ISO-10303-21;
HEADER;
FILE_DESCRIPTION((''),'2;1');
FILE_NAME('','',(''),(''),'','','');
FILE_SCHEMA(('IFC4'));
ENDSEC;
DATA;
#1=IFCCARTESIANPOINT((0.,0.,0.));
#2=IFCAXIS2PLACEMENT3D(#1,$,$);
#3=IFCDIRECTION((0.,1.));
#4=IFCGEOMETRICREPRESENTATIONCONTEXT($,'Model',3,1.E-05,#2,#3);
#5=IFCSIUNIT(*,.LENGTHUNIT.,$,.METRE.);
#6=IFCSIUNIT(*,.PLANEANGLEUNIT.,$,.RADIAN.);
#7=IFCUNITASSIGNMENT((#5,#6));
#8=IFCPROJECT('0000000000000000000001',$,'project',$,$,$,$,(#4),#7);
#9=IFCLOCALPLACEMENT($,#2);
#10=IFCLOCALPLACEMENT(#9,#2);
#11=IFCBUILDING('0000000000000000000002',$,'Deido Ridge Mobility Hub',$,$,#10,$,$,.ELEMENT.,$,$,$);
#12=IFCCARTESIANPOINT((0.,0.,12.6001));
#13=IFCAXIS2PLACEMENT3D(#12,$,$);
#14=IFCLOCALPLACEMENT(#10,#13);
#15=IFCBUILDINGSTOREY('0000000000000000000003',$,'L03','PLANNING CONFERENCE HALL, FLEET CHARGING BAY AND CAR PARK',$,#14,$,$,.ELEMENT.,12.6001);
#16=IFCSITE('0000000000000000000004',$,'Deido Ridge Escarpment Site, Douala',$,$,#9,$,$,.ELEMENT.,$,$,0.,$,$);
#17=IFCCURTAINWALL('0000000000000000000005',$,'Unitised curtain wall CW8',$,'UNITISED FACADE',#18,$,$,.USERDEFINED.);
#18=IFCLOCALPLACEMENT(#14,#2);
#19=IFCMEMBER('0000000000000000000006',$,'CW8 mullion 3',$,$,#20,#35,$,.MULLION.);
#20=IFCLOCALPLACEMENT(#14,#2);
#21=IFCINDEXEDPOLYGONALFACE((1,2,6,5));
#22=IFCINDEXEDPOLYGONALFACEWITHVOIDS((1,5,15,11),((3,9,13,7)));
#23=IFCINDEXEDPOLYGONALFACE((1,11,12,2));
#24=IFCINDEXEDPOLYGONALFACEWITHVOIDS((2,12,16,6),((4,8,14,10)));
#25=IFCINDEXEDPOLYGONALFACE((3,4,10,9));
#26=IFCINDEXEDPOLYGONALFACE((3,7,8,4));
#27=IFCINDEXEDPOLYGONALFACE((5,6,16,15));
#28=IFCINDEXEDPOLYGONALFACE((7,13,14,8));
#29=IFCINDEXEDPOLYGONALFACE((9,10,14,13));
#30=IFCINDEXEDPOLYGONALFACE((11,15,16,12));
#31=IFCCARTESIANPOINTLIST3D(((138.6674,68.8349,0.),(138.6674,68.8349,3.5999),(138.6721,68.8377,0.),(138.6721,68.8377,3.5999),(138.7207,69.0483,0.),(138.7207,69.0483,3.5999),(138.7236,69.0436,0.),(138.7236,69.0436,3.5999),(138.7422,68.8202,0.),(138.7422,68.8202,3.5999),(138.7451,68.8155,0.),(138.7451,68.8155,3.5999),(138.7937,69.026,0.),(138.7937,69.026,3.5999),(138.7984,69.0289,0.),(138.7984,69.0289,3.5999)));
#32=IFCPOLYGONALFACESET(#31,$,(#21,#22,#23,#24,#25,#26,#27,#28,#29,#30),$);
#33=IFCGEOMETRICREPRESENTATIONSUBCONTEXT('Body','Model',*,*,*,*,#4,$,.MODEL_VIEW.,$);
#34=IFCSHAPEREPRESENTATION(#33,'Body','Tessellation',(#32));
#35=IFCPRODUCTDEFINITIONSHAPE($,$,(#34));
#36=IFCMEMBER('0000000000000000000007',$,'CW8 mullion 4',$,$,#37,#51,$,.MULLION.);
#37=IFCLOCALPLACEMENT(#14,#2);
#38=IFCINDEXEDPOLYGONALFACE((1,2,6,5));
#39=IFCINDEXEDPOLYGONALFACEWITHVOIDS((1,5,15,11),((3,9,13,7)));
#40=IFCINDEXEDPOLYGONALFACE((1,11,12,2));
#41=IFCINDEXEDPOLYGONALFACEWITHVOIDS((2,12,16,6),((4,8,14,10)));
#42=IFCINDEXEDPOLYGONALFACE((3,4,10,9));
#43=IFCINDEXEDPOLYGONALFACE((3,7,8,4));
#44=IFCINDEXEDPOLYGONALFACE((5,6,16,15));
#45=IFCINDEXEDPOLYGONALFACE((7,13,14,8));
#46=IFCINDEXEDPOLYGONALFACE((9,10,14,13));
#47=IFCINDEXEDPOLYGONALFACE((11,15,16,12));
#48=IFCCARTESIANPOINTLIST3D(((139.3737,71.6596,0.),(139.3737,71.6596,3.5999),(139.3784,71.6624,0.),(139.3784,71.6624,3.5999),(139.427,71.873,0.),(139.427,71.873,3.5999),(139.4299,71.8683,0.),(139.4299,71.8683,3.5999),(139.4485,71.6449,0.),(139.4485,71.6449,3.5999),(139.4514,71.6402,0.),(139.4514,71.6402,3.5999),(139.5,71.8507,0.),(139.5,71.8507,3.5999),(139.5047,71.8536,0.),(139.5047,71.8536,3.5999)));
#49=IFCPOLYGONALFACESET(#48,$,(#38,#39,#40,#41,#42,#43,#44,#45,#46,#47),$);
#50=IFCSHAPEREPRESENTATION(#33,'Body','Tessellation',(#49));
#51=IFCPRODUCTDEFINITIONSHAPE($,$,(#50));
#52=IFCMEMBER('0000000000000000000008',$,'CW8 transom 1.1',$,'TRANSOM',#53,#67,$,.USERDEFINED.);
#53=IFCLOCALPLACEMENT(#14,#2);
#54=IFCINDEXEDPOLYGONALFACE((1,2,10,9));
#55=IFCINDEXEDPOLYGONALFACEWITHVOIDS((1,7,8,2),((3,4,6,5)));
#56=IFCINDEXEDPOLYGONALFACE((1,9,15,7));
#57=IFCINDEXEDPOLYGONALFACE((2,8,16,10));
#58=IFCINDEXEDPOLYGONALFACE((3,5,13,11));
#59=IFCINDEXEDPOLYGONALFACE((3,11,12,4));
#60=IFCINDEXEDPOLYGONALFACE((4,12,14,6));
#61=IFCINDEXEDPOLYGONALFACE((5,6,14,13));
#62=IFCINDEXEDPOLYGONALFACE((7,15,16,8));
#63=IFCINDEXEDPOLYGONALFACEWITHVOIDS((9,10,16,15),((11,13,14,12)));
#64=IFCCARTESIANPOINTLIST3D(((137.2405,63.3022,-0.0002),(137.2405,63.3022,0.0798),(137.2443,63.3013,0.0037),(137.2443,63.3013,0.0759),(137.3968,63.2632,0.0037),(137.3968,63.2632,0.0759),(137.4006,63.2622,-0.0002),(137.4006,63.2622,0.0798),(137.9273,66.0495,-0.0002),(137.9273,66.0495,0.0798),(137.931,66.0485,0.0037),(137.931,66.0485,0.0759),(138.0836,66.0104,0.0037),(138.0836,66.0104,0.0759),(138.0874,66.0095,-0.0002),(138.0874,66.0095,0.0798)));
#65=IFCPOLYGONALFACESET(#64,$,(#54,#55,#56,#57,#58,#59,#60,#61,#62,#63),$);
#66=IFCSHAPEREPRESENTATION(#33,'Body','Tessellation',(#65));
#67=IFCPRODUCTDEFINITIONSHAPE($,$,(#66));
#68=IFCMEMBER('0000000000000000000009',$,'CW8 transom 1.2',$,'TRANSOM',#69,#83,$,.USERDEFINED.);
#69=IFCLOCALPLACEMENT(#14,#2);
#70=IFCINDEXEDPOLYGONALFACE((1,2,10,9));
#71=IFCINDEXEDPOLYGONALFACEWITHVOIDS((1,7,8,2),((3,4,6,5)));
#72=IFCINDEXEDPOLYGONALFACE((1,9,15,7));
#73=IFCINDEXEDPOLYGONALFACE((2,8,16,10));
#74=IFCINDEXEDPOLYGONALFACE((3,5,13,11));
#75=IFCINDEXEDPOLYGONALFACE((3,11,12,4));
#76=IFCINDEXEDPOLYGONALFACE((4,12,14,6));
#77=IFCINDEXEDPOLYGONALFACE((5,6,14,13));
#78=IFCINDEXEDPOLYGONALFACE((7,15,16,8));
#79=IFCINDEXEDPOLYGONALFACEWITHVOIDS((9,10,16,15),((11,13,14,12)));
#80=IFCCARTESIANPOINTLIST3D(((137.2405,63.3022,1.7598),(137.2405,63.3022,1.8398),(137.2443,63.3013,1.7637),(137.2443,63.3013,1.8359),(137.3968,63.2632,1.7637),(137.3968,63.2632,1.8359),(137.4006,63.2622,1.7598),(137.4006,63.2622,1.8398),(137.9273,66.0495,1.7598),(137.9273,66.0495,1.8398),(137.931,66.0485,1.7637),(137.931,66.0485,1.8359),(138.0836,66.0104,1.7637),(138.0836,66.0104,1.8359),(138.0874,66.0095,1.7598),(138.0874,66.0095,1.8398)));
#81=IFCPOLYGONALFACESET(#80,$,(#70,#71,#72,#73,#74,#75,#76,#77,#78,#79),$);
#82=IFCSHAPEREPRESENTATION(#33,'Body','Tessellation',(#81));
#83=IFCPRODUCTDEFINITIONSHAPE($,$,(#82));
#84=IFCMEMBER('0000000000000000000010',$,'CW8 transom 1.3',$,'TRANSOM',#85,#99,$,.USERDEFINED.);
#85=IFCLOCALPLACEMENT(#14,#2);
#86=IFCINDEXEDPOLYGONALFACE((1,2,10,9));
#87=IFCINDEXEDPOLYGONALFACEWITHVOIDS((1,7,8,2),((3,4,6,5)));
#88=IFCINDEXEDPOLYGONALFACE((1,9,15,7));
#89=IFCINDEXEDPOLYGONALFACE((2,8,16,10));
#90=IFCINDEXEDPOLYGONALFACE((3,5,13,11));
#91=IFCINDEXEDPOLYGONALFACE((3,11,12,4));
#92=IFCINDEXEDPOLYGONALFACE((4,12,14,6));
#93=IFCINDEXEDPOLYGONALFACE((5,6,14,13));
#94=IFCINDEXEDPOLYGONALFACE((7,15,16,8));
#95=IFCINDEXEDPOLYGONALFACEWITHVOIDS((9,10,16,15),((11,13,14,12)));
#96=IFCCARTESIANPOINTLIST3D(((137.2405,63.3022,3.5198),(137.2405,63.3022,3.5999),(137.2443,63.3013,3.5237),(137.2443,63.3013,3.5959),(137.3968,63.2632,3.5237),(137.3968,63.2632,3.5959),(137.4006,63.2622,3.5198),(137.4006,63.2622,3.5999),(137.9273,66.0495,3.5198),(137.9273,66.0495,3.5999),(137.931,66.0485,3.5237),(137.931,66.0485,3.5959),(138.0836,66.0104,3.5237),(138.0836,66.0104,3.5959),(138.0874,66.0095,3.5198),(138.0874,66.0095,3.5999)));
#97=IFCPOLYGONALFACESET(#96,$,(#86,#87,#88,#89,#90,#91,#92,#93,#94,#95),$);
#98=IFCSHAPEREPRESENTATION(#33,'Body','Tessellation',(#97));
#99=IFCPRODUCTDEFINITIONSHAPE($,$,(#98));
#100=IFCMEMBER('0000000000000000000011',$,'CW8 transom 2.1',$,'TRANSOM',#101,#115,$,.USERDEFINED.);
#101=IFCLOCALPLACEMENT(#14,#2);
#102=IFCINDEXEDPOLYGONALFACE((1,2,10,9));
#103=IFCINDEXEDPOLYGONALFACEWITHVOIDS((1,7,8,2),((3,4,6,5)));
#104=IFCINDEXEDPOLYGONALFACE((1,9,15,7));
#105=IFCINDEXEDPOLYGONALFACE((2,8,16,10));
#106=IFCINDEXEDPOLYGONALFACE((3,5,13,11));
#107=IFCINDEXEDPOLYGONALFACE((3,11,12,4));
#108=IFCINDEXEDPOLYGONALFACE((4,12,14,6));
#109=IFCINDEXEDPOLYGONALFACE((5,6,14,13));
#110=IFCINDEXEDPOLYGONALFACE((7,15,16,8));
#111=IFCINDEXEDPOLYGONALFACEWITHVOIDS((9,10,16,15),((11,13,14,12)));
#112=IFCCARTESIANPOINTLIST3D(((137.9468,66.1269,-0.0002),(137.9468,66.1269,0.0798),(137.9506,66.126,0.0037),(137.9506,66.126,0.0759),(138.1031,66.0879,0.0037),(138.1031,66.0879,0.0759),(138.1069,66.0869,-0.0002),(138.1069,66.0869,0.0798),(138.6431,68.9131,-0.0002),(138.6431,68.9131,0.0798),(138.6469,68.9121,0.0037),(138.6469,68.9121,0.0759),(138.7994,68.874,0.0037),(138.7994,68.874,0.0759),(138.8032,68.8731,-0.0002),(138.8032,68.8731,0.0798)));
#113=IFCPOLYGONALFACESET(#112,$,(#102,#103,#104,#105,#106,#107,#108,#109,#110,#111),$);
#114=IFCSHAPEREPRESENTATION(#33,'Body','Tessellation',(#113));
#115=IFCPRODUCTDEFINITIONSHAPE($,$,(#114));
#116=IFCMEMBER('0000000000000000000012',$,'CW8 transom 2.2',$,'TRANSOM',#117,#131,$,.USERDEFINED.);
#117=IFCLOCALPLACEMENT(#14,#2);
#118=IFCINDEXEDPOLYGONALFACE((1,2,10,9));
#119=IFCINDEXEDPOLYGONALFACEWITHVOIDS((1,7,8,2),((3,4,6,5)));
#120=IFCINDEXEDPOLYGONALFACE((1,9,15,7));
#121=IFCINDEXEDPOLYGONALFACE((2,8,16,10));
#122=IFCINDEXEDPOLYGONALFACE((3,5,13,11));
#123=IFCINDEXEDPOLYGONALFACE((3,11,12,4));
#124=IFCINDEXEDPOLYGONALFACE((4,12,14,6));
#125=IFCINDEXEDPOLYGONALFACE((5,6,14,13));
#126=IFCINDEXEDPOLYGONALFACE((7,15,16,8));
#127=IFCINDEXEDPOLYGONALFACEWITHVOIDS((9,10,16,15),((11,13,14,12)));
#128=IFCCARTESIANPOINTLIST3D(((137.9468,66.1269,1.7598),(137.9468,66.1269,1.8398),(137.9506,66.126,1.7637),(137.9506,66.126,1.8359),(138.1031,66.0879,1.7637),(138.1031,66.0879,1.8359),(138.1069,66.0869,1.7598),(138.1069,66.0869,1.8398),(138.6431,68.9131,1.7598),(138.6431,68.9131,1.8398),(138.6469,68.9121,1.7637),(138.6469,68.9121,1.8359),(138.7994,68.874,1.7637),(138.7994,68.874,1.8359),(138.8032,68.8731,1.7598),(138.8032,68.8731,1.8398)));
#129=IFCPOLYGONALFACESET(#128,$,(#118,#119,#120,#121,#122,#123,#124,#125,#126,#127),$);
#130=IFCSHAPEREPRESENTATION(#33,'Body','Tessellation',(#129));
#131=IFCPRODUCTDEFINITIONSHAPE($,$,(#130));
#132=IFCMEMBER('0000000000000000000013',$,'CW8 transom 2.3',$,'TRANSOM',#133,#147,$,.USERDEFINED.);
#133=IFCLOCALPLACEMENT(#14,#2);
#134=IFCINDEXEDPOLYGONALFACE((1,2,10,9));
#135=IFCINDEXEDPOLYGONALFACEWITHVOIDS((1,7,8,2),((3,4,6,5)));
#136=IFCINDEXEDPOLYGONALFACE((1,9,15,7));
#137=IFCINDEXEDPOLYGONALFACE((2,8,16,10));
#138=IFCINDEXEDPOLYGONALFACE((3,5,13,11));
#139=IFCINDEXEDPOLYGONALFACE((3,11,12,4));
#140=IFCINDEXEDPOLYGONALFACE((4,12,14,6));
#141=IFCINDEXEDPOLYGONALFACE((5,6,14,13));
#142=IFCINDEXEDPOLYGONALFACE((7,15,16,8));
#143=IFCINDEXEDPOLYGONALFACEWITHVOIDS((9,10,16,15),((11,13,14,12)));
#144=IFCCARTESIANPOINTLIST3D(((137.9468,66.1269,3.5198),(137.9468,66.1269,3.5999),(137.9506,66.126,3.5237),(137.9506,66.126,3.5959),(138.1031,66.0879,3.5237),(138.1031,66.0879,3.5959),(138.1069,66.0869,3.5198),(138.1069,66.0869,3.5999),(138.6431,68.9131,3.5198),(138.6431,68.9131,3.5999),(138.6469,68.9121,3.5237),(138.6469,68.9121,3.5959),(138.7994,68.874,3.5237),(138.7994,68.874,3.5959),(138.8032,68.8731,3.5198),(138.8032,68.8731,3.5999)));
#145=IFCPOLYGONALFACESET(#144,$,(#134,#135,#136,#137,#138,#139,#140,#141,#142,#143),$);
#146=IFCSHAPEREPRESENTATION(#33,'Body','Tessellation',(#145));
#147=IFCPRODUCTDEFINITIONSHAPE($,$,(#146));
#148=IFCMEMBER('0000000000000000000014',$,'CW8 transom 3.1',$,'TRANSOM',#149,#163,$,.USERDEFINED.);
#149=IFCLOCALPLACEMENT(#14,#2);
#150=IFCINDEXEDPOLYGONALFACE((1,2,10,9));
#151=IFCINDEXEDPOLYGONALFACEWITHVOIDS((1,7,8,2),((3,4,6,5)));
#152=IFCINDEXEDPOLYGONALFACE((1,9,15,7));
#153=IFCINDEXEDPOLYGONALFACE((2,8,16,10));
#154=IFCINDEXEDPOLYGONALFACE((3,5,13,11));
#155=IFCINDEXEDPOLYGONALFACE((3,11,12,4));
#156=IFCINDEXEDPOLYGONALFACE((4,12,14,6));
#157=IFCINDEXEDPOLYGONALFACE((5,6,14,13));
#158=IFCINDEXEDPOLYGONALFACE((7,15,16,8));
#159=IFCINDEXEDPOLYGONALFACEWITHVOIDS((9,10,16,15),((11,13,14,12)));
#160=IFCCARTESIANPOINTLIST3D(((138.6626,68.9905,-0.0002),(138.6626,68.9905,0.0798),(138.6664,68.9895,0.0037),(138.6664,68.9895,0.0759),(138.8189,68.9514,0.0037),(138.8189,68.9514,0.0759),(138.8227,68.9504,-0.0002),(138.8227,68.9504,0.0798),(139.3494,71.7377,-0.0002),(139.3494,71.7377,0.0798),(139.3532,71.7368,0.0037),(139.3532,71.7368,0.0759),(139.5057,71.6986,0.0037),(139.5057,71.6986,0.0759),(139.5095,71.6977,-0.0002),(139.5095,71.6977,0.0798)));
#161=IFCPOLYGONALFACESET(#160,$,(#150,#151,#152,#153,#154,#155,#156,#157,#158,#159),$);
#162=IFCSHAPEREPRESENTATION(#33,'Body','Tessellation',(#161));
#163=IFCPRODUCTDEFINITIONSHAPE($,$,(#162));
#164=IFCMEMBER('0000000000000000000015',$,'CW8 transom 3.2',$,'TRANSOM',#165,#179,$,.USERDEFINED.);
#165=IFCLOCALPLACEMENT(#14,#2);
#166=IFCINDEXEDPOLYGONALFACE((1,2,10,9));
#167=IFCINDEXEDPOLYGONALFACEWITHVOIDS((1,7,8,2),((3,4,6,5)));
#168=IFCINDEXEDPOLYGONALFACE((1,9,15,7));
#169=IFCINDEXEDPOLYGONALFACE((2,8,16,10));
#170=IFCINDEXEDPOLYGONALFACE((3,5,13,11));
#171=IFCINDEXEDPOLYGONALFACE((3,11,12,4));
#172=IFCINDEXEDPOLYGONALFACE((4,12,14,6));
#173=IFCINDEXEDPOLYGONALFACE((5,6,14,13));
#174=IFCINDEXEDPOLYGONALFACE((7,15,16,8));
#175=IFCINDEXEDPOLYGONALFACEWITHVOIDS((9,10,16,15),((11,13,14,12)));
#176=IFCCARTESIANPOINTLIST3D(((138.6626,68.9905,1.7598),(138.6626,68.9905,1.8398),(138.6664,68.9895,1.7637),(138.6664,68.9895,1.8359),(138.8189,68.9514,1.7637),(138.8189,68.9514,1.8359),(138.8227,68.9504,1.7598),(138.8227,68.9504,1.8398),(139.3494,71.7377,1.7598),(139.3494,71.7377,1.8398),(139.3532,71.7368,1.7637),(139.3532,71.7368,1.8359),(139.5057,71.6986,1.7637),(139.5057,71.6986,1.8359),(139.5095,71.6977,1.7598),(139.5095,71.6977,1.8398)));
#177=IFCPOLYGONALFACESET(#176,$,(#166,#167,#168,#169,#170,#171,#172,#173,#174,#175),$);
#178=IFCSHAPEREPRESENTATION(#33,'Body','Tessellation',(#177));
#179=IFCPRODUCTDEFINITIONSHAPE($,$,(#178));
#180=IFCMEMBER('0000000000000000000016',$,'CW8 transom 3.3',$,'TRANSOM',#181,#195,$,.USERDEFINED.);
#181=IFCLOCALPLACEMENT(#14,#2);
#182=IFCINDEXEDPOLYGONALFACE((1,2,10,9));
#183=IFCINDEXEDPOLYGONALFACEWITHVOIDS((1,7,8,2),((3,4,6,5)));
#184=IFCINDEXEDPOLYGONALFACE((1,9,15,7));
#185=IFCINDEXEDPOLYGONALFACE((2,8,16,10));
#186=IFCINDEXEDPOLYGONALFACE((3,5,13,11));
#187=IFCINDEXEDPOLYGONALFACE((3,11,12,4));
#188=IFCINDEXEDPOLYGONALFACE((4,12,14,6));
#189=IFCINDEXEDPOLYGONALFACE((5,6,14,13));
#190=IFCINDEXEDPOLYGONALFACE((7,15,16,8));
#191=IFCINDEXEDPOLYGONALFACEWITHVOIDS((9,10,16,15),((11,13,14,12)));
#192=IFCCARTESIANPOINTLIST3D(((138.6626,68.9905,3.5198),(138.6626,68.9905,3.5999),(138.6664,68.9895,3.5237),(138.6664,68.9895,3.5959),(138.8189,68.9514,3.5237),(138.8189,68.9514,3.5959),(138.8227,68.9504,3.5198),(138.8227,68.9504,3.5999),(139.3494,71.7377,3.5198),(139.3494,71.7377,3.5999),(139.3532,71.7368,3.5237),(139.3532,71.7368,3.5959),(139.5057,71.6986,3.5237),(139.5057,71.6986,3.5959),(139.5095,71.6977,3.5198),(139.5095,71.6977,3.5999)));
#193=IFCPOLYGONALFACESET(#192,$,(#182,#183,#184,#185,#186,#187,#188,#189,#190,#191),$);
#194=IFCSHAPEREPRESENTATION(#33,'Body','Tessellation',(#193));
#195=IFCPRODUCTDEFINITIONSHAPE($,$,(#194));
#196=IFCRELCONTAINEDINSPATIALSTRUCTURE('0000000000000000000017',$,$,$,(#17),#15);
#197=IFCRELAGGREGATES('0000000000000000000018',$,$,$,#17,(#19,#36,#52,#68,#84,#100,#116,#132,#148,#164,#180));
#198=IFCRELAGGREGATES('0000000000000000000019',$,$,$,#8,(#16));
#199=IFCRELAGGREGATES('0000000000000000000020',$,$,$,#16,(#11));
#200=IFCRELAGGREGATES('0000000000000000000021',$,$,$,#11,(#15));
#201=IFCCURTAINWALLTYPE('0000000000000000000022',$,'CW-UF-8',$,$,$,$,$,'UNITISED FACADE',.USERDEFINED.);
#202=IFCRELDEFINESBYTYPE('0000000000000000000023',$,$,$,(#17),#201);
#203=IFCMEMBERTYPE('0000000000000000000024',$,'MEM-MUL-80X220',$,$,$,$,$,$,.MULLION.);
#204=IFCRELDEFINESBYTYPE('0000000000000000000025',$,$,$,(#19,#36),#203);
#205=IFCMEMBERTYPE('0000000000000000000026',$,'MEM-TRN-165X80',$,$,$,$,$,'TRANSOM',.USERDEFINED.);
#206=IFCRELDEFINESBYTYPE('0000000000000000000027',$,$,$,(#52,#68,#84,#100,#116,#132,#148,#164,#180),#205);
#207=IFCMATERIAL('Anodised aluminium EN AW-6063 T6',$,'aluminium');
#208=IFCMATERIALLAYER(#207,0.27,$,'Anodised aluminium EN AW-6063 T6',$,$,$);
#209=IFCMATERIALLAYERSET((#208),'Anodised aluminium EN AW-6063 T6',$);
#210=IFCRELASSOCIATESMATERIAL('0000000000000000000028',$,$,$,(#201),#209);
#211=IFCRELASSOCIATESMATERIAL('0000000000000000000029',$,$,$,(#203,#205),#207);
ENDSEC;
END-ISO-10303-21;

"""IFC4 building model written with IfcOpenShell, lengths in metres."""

from ifc_helpers import new_model, si_unit, direction, frame, origin, origin_2d, place, context, subcontext, project, spatial, hollow_rectangle, extrude, material, layer, layer_set, material_profile, profile_set, type_object, element, aggregate, save


model = new_model("IFC4")

# Units and contexts
model_context = context("Model", 3, precision=1e-05, world=origin(), true_north=direction((0.0, 1.0)))
body_context = subcontext(model_context, "Body", "Model", "MODEL_VIEW")
ifc_project = project(units=[si_unit("LENGTHUNIT", "METRE"), si_unit("PLANEANGLEUNIT", "RADIAN")], contexts=[model_context])

# Site, building, storey
site_placement = place(None, origin())
site = spatial("IfcSite", under=ifc_project, at=site_placement, Name="Deido Ridge Escarpment Site, Douala", CompositionType="ELEMENT", RefElevation=0.0)
building_placement = place(site_placement, origin())
building = spatial("IfcBuilding", under=site, at=building_placement, Name="Deido Ridge Mobility Hub", CompositionType="ELEMENT")
storey_placement = place(building_placement, frame((0.0, 0.0, 12.6001)))
storey = spatial("IfcBuildingStorey", under=building, at=storey_placement, Name="L03", Description="PLANNING CONFERENCE HALL, FLEET CHARGING BAY AND CAR PARK", CompositionType="ELEMENT", Elevation=12.6001)

# Curtain wall, members
ifc_material_1 = material(Name="Anodised aluminium EN AW-6063 T6", Category="aluminium")
ifc_layer_1 = layer(ifc_material_1, 0.27, Name="Anodised aluminium EN AW-6063 T6")
ifc_layer_set_1 = layer_set([ifc_layer_1], Name="Anodised aluminium EN AW-6063 T6")
curtain_wall_type = type_object("IfcCurtainWallType", Name="CW-UF-8", ElementType="UNITISED FACADE", PredefinedType="USERDEFINED", material=ifc_layer_set_1)
curtain_wall_placement = place(storey_placement, origin())
curtain_wall = element("IfcCurtainWall", 1, at=curtain_wall_placement, inside=storey, type_object=curtain_wall_type, Name="Unitised curtain wall CW8", ObjectType="UNITISED FACADE", PredefinedType="USERDEFINED")
ifc_material_profile_1 = material_profile(ifc_material_1, hollow_rectangle(XDim=0.0801, YDim=0.22, WallThickness=0.0039, at=origin_2d()), Name="RHS 80x220x4")
ifc_profile_set_1 = profile_set([ifc_material_profile_1], Name="Anodised aluminium EN AW-6063 T6")
member_type_1 = type_object("IfcMemberType", Name="MEM-MUL-80X220", PredefinedType="MULLION", material=ifc_profile_set_1)
member_1_placement = place(storey_placement, frame((138.7329, 68.9319, 0.0), z_axis=(0.0, 0.0, 1.0), x_axis=(-0.970144, 0.24253, 0.0)))
member_1 = element("IfcMember", 2, at=member_1_placement, type_object=member_type_1, Name="CW8 mullion 3", PredefinedType="MULLION", context=body_context, shape_type="SweptSolid", body=[
    extrude(hollow_rectangle(XDim=0.0801, YDim=0.22, WallThickness=0.0039, at=origin_2d()), origin(), (0.0, 0.0, 1.0), 3.5999),
])
member_2_placement = place(storey_placement, frame((139.4392, 71.7566, 0.0), z_axis=(0.0, 0.0, 1.0), x_axis=(-0.970144, 0.24253, 0.0)))
member_2 = element("IfcMember", 3, at=member_2_placement, type_object=member_type_1, Name="CW8 mullion 4", PredefinedType="MULLION", context=body_context, shape_type="SweptSolid", body=[
    extrude(hollow_rectangle(XDim=0.0801, YDim=0.22, WallThickness=0.0039, at=origin_2d()), origin(), (0.0, 0.0, 1.0), 3.5999),
])
ifc_material_profile_2 = material_profile(ifc_material_1, hollow_rectangle(XDim=0.165, YDim=0.0801, WallThickness=0.0039, at=origin_2d()), Name="RHS 165x80x4")
ifc_profile_set_2 = profile_set([ifc_material_profile_2], Name="Anodised aluminium EN AW-6063 T6")
member_type_2 = type_object("IfcMemberType", Name="MEM-TRN-165X80", ElementType="TRANSOM", PredefinedType="USERDEFINED", material=ifc_profile_set_2)
member_3_placement = place(storey_placement, frame((137.3206, 63.2822, 0.0398), z_axis=(0.242515, 0.970148, 0.0), x_axis=(-0.970148, 0.242515, 0.0)))
member_3 = element("IfcMember", 4, at=member_3_placement, type_object=member_type_2, Name="CW8 transom 1.1", ObjectType="TRANSOM", PredefinedType="USERDEFINED", context=body_context, shape_type="SweptSolid", body=[
    extrude(hollow_rectangle(XDim=0.165, YDim=0.0801, WallThickness=0.0039, at=origin_2d()), origin(), (0.0, 0.0, 1.0), 2.8318),
])
member_4_placement = place(storey_placement, frame((137.3206, 63.2822, 1.7998), z_axis=(0.242515, 0.970148, 0.0), x_axis=(-0.970148, 0.242515, 0.0)))
member_4 = element("IfcMember", 5, at=member_4_placement, type_object=member_type_2, Name="CW8 transom 1.2", ObjectType="TRANSOM", PredefinedType="USERDEFINED", context=body_context, shape_type="SweptSolid", body=[
    extrude(hollow_rectangle(XDim=0.165, YDim=0.0801, WallThickness=0.0039, at=origin_2d()), origin(), (0.0, 0.0, 1.0), 2.8318),
])
member_5_placement = place(storey_placement, frame((137.3206, 63.2822, 3.5598), z_axis=(0.242515, 0.970148, 0.0), x_axis=(-0.970148, 0.242515, 0.0)))
member_5 = element("IfcMember", 6, at=member_5_placement, type_object=member_type_2, Name="CW8 transom 1.3", ObjectType="TRANSOM", PredefinedType="USERDEFINED", context=body_context, shape_type="SweptSolid", body=[
    extrude(hollow_rectangle(XDim=0.165, YDim=0.0801, WallThickness=0.0039, at=origin_2d()), origin(), (0.0, 0.0, 1.0), 2.8318),
])
member_6_placement = place(storey_placement, frame((138.0269, 66.1069, 0.0398), z_axis=(0.242456, 0.970162, 0.0), x_axis=(-0.970162, 0.242456, 0.0)))
member_6 = element("IfcMember", 7, at=member_6_placement, type_object=member_type_2, Name="CW8 transom 2.1", ObjectType="TRANSOM", PredefinedType="USERDEFINED", context=body_context, shape_type="SweptSolid", body=[
    extrude(hollow_rectangle(XDim=0.165, YDim=0.0801, WallThickness=0.0039, at=origin_2d()), origin(), (0.0, 0.0, 1.0), 2.8718),
])
member_7_placement = place(storey_placement, frame((138.0269, 66.1069, 1.7998), z_axis=(0.242456, 0.970162, 0.0), x_axis=(-0.970162, 0.242456, 0.0)))
member_7 = element("IfcMember", 8, at=member_7_placement, type_object=member_type_2, Name="CW8 transom 2.2", ObjectType="TRANSOM", PredefinedType="USERDEFINED", context=body_context, shape_type="SweptSolid", body=[
    extrude(hollow_rectangle(XDim=0.165, YDim=0.0801, WallThickness=0.0039, at=origin_2d()), origin(), (0.0, 0.0, 1.0), 2.8718),
])
member_8_placement = place(storey_placement, frame((138.0269, 66.1069, 3.5598), z_axis=(0.242456, 0.970162, 0.0), x_axis=(-0.970162, 0.242456, 0.0)))
member_8 = element("IfcMember", 9, at=member_8_placement, type_object=member_type_2, Name="CW8 transom 2.3", ObjectType="TRANSOM", PredefinedType="USERDEFINED", context=body_context, shape_type="SweptSolid", body=[
    extrude(hollow_rectangle(XDim=0.165, YDim=0.0801, WallThickness=0.0039, at=origin_2d()), origin(), (0.0, 0.0, 1.0), 2.8718),
])
member_9_placement = place(storey_placement, frame((138.7427, 68.9705, 0.0398), z_axis=(0.242515, 0.970148, 0.0), x_axis=(-0.970148, 0.242515, 0.0)))
member_9 = element("IfcMember", 10, at=member_9_placement, type_object=member_type_2, Name="CW8 transom 3.1", ObjectType="TRANSOM", PredefinedType="USERDEFINED", context=body_context, shape_type="SweptSolid", body=[
    extrude(hollow_rectangle(XDim=0.165, YDim=0.0801, WallThickness=0.0039, at=origin_2d()), origin(), (0.0, 0.0, 1.0), 2.8318),
])
member_10_placement = place(storey_placement, frame((138.7427, 68.9705, 1.7998), z_axis=(0.242515, 0.970148, 0.0), x_axis=(-0.970148, 0.242515, 0.0)))
member_10 = element("IfcMember", 11, at=member_10_placement, type_object=member_type_2, Name="CW8 transom 3.2", ObjectType="TRANSOM", PredefinedType="USERDEFINED", context=body_context, shape_type="SweptSolid", body=[
    extrude(hollow_rectangle(XDim=0.165, YDim=0.0801, WallThickness=0.0039, at=origin_2d()), origin(), (0.0, 0.0, 1.0), 2.8318),
])
member_11_placement = place(storey_placement, frame((138.7427, 68.9705, 3.5598), z_axis=(0.242515, 0.970148, 0.0), x_axis=(-0.970148, 0.242515, 0.0)))
member_11 = element("IfcMember", 12, at=member_11_placement, type_object=member_type_2, Name="CW8 transom 3.3", ObjectType="TRANSOM", PredefinedType="USERDEFINED", context=body_context, shape_type="SweptSolid", body=[
    extrude(hollow_rectangle(XDim=0.165, YDim=0.0801, WallThickness=0.0039, at=origin_2d()), origin(), (0.0, 0.0, 1.0), 2.8318),
])

aggregate(curtain_wall, [member_1, member_2, member_3, member_4, member_5, member_6, member_7, member_8, member_9, member_10, member_11])

save(model, "model.ifc")
